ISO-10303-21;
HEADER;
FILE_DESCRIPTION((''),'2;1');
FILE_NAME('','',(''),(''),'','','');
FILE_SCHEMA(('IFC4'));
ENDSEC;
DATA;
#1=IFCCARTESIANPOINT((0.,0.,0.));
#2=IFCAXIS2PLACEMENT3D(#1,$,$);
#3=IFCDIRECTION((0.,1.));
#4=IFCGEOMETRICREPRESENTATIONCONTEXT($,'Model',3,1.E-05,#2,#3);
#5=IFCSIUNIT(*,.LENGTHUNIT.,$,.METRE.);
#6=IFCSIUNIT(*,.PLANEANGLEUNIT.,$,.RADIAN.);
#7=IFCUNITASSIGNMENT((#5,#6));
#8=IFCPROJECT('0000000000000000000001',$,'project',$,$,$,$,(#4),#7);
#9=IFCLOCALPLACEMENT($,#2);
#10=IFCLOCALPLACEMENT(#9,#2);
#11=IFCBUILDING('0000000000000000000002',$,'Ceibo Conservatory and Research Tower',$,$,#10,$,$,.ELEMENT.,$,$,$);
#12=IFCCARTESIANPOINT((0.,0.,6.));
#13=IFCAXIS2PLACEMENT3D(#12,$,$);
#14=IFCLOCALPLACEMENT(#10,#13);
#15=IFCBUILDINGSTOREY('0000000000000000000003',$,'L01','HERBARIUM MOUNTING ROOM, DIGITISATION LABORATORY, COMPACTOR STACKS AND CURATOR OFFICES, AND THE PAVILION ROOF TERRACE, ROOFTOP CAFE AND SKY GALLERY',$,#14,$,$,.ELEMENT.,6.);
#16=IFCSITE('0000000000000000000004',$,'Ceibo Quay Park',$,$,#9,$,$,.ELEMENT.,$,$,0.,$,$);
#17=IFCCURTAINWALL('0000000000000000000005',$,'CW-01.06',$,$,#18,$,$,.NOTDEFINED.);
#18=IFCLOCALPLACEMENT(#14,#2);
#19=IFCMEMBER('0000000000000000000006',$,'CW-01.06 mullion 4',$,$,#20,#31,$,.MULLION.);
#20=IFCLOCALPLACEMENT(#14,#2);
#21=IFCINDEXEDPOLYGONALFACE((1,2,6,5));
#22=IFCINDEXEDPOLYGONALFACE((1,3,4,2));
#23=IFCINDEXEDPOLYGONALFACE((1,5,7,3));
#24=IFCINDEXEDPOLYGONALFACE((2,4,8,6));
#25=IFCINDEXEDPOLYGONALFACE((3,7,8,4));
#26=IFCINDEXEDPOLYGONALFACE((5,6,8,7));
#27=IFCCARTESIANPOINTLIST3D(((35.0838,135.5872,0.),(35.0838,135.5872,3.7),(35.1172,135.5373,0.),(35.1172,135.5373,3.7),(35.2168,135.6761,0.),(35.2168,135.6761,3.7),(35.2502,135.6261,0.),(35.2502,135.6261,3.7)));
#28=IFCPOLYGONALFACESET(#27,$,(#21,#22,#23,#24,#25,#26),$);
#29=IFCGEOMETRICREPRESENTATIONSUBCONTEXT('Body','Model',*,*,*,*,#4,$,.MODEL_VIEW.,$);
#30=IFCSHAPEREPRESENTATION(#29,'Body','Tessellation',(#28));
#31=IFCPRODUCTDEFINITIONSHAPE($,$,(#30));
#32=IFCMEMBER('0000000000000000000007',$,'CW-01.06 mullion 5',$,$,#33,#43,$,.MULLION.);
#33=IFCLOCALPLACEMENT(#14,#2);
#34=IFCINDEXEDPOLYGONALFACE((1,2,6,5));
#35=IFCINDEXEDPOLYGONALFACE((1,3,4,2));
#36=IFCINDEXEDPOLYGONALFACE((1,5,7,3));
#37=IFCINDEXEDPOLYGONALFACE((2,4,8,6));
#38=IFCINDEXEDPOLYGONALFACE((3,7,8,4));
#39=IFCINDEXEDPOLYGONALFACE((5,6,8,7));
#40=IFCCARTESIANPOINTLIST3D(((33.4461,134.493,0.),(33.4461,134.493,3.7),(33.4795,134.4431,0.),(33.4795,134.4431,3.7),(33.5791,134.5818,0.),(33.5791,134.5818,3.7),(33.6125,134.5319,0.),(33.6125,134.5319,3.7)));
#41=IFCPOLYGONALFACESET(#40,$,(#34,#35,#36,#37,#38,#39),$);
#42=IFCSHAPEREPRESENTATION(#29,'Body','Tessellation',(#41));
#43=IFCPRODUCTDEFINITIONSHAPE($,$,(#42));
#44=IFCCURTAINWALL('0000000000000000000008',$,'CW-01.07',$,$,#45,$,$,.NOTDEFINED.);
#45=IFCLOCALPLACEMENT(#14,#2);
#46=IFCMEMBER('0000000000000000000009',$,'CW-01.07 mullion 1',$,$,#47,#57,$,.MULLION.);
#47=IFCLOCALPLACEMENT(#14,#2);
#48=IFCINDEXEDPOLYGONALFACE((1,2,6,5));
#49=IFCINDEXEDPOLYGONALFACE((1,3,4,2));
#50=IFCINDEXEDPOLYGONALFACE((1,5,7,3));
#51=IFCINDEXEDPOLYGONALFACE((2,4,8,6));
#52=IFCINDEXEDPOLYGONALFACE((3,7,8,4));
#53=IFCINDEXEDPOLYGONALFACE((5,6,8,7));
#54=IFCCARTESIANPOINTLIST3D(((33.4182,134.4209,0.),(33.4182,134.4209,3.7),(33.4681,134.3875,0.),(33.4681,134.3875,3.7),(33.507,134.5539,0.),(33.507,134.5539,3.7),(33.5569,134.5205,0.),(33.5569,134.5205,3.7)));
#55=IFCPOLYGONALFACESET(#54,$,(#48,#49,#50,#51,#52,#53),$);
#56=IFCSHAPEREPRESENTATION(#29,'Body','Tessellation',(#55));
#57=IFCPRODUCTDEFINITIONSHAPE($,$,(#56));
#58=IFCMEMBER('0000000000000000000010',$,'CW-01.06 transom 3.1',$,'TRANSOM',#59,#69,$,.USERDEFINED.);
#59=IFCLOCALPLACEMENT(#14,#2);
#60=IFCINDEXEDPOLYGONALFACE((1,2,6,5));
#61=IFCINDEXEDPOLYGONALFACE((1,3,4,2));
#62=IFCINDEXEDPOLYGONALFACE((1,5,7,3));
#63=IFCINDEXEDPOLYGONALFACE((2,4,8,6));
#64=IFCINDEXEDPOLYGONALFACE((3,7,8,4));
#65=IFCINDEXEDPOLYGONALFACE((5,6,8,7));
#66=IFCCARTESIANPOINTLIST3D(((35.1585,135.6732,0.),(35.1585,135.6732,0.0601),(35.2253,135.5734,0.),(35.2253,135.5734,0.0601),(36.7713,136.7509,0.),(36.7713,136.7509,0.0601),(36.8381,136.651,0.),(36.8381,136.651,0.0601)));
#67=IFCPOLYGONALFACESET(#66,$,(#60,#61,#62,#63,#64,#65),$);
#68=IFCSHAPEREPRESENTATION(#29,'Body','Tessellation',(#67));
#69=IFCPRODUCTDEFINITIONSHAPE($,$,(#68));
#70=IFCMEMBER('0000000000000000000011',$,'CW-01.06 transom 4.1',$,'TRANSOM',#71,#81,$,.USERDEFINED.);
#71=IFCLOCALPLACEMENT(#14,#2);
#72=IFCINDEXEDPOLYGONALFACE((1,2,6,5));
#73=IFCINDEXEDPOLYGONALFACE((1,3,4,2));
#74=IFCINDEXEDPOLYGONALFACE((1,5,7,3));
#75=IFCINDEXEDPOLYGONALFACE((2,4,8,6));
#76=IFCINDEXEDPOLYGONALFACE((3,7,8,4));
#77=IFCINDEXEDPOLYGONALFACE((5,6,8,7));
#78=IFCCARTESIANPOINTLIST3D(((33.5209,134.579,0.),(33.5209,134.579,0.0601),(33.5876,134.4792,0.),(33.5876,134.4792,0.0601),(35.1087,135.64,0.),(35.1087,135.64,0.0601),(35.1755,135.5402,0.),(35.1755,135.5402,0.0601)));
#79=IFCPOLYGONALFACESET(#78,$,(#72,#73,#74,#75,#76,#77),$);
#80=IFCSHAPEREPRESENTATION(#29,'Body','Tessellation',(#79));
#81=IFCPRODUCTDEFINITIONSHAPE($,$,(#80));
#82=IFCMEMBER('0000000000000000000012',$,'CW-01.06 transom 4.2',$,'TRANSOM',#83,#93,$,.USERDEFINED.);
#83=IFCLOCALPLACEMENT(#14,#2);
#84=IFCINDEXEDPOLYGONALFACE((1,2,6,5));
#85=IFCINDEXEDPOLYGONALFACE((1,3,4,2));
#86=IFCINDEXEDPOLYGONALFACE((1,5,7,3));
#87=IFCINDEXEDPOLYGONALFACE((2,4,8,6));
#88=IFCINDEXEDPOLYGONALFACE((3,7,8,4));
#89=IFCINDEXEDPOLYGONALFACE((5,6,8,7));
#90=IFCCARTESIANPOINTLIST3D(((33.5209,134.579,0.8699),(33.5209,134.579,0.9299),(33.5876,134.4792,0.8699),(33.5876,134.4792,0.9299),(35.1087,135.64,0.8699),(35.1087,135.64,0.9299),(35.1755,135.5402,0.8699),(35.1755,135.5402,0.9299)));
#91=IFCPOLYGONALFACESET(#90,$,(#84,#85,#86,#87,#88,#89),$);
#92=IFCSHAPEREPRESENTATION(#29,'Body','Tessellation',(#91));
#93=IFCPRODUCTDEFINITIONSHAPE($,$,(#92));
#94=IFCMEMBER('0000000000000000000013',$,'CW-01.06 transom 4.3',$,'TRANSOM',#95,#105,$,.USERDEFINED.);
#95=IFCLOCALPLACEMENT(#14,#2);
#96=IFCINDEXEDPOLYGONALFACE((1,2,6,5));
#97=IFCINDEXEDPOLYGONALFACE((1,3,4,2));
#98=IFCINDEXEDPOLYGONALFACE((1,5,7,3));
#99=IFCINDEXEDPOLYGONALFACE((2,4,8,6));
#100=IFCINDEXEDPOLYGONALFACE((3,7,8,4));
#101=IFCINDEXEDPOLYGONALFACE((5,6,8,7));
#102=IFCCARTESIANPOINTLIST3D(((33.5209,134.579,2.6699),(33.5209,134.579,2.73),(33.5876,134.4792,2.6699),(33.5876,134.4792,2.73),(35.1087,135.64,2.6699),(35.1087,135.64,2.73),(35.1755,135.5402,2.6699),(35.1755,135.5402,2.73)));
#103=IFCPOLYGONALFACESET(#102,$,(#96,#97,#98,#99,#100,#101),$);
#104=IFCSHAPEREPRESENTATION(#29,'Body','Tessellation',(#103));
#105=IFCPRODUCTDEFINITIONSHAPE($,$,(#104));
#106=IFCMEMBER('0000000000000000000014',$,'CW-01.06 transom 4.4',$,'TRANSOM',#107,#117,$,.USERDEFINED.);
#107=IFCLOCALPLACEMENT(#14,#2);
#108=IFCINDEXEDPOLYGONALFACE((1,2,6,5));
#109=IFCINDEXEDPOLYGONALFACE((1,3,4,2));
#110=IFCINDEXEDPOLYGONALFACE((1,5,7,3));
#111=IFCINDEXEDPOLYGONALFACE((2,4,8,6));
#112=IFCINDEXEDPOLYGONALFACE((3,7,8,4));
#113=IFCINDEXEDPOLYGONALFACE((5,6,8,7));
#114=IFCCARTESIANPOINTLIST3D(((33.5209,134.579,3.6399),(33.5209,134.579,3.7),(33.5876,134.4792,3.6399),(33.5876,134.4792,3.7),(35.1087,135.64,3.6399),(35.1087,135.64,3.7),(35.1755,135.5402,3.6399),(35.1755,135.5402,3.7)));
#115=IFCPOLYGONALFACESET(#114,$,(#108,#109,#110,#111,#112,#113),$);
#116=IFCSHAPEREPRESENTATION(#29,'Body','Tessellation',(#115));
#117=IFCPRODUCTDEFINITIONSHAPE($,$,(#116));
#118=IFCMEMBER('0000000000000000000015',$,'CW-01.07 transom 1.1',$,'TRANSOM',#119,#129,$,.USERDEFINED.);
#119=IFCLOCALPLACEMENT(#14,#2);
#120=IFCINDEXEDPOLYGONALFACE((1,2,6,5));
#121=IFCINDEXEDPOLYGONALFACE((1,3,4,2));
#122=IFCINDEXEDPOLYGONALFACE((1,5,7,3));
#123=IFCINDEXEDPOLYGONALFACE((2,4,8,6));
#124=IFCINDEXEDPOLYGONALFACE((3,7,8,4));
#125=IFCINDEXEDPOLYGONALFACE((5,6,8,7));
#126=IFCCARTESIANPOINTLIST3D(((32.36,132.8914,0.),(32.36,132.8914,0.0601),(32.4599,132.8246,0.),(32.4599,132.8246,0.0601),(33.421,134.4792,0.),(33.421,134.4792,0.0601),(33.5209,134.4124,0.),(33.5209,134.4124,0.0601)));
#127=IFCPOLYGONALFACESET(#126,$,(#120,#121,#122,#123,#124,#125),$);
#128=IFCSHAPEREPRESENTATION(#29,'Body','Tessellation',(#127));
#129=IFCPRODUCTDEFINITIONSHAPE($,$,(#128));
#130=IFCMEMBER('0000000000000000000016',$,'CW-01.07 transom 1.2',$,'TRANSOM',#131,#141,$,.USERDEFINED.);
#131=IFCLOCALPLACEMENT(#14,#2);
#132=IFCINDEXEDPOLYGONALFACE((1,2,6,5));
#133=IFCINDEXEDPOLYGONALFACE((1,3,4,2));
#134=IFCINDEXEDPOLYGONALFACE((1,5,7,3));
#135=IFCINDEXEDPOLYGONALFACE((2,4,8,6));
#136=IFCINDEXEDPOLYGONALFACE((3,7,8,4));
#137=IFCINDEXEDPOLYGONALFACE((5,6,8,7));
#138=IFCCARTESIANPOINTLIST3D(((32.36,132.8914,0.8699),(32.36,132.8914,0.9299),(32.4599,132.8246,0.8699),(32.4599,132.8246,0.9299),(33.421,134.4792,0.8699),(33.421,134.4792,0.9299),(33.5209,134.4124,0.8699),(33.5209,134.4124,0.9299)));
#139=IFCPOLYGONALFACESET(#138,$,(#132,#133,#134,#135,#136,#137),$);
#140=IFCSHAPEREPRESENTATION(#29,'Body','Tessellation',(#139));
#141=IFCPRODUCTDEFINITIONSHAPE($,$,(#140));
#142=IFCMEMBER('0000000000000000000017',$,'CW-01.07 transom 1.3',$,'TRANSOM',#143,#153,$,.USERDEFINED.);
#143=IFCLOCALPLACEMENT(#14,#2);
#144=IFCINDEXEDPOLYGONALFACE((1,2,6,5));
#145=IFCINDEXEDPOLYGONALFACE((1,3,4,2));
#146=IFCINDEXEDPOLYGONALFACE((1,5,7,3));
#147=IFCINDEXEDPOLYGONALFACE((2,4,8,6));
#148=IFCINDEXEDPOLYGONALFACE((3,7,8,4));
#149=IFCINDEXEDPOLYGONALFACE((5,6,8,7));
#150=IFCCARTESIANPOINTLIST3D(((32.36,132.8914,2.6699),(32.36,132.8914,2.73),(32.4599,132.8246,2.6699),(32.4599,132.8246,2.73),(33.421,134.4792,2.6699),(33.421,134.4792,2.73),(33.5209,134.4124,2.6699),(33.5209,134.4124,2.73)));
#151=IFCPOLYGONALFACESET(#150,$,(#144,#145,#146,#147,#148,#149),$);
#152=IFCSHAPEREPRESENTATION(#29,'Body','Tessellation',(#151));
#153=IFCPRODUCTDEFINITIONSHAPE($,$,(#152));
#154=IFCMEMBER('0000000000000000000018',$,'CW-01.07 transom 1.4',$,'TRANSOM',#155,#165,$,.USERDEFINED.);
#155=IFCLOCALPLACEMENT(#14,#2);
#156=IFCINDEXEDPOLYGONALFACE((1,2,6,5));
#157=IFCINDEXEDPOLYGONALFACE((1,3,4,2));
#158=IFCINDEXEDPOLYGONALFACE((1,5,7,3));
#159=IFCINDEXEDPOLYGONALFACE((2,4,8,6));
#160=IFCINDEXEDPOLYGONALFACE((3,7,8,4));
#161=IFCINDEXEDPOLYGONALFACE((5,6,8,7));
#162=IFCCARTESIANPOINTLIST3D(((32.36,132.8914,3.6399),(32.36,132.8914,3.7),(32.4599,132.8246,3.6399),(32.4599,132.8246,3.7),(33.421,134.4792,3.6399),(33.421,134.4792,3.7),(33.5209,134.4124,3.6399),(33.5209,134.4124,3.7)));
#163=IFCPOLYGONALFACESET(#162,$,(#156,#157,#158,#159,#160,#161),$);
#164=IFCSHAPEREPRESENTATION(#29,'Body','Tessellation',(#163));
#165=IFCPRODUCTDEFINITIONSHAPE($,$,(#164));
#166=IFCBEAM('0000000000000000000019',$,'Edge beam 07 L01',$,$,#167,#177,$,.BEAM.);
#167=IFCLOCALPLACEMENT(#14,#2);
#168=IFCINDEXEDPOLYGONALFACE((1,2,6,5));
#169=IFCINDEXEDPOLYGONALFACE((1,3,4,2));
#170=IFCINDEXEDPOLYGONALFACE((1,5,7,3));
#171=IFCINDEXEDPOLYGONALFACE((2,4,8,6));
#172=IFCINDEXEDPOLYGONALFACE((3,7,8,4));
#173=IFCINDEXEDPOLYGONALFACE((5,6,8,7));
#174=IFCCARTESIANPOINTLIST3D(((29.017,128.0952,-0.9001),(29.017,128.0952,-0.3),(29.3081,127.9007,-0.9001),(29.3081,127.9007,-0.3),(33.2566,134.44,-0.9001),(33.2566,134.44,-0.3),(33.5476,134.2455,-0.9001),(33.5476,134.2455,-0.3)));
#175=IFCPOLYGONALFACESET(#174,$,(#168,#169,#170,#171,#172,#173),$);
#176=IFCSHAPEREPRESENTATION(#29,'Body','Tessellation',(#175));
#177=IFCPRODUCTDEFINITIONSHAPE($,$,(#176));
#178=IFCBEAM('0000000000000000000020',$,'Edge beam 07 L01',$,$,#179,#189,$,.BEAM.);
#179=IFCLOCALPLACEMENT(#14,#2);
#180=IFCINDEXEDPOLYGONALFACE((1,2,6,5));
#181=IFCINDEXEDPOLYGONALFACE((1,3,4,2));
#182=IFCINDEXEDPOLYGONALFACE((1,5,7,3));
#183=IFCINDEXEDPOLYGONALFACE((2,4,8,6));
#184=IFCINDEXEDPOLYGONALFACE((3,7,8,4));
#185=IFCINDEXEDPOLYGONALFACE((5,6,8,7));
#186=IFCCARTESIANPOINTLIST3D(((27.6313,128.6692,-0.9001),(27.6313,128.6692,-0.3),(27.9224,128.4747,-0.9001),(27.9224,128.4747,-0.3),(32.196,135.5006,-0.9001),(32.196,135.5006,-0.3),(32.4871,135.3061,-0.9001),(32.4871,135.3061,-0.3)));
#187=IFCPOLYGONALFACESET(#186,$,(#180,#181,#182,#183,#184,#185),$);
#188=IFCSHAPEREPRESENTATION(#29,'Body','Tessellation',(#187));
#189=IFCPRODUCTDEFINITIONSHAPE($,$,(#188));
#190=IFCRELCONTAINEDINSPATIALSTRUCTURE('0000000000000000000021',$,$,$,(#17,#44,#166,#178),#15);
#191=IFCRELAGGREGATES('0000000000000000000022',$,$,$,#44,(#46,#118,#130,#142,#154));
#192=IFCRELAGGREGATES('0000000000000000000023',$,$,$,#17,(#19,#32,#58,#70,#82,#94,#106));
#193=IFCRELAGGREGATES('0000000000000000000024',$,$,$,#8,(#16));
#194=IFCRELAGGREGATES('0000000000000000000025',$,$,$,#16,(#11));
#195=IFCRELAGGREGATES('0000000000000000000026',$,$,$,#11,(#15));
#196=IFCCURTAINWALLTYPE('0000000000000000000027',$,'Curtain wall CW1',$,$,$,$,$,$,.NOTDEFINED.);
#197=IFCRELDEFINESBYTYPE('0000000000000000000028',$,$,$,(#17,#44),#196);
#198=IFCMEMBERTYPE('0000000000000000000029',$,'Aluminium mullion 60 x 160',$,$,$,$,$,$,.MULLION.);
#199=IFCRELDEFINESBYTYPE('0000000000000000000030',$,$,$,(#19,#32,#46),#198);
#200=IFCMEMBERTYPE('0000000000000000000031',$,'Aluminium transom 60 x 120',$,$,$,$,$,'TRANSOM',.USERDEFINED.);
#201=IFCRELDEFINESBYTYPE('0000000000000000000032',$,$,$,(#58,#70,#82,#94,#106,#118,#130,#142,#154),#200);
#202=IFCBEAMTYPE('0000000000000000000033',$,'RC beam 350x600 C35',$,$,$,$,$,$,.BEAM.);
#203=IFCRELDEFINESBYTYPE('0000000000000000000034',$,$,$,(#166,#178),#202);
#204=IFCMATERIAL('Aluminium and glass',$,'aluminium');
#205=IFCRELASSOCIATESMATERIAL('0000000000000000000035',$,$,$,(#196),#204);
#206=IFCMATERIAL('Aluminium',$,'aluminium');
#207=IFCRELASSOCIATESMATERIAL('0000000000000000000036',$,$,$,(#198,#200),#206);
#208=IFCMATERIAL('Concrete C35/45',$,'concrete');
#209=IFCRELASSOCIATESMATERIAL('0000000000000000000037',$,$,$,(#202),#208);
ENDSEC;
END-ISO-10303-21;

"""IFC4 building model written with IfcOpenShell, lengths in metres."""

from ifc_helpers import new_model, si_unit, direction, frame, origin, origin_2d, place, context, subcontext, project, spatial, rectangle, extrude, material, material_profile, profile_set, type_object, element, aggregate, save


model = new_model("IFC4")

# Units and contexts
model_context = context("Model", 3, precision=1e-05, world=origin(), true_north=direction((0.0, 1.0)))
body_context = subcontext(model_context, "Body", "Model", "MODEL_VIEW")
ifc_project = project(units=[si_unit("LENGTHUNIT", "METRE"), si_unit("PLANEANGLEUNIT", "RADIAN")], contexts=[model_context])

# Site, building, storey
site_placement = place(None, origin())
site = spatial("IfcSite", under=ifc_project, at=site_placement, Name="Ceibo Quay Park", CompositionType="ELEMENT", RefElevation=0.0)
building_placement = place(site_placement, origin())
building = spatial("IfcBuilding", under=site, at=building_placement, Name="Ceibo Conservatory and Research Tower", CompositionType="ELEMENT")
storey_placement = place(building_placement, frame((0.0, 0.0, 6.0)))
storey = spatial("IfcBuildingStorey", under=building, at=storey_placement, Name="L01", Description="HERBARIUM MOUNTING ROOM, DIGITISATION LABORATORY, COMPACTOR STACKS AND CURATOR OFFICES, AND THE PAVILION ROOF TERRACE, ROOFTOP CAFE AND SKY GALLERY", CompositionType="ELEMENT", Elevation=6.0)

# Curtain wall, members
ifc_material_1 = material(Name="Aluminium and glass", Category="aluminium")
curtain_wall_type = type_object("IfcCurtainWallType", Name="Curtain wall CW1", PredefinedType="NOTDEFINED", material=ifc_material_1)
curtain_wall_1_placement = place(storey_placement, origin())
curtain_wall_1 = element("IfcCurtainWall", 1, at=curtain_wall_1_placement, inside=storey, type_object=curtain_wall_type, Name="CW-01.06", PredefinedType="NOTDEFINED")
ifc_material_2 = material(Name="Aluminium", Category="aluminium")
ifc_material_profile_1 = material_profile(ifc_material_2, rectangle(XDim=0.0601, YDim=0.1599, at=origin_2d()), Name="Aluminium 60 x 160")
ifc_profile_set_1 = profile_set([ifc_material_profile_1], Name="Aluminium")
member_type_1 = type_object("IfcMemberType", Name="Aluminium mullion 60 x 160", PredefinedType="MULLION", material=ifc_profile_set_1)
member_1_placement = place(storey_placement, frame((35.167, 135.6067, 0.0), z_axis=(0.0, 0.0, 1.0), x_axis=(0.55557, -0.83147, 0.0)))
member_1 = element("IfcMember", 2, at=member_1_placement, type_object=member_type_1, Name="CW-01.06 mullion 4", PredefinedType="MULLION", context=body_context, shape_type="SweptSolid", body=[
    extrude(rectangle(XDim=0.0601, YDim=0.1599, at=origin_2d()), origin(), (0.0, 0.0, 1.0), 3.7),
])
member_2_placement = place(storey_placement, frame((33.5293, 134.5125, 0.0), z_axis=(0.0, 0.0, 1.0), x_axis=(0.55557, -0.83147, 0.0)))
member_2 = element("IfcMember", 3, at=member_2_placement, type_object=member_type_1, Name="CW-01.06 mullion 5", PredefinedType="MULLION", context=body_context, shape_type="SweptSolid", body=[
    extrude(rectangle(XDim=0.0601, YDim=0.1599, at=origin_2d()), origin(), (0.0, 0.0, 1.0), 3.7),
])

# Curtain wall, member
curtain_wall_2_placement = place(storey_placement, origin())
curtain_wall_2 = element("IfcCurtainWall", 4, at=curtain_wall_2_placement, inside=storey, type_object=curtain_wall_type, Name="CW-01.07", PredefinedType="NOTDEFINED")
member_3_placement = place(storey_placement, frame((33.4875, 134.4707, 0.0), z_axis=(0.0, 0.0, 1.0), x_axis=(0.83147, -0.55557, 0.0)))
member_3 = element("IfcMember", 5, at=member_3_placement, type_object=member_type_1, Name="CW-01.07 mullion 1", PredefinedType="MULLION", context=body_context, shape_type="SweptSolid", body=[
    extrude(rectangle(XDim=0.0601, YDim=0.1599, at=origin_2d()), origin(), (0.0, 0.0, 1.0), 3.7),
])

# Members
ifc_material_profile_2 = material_profile(ifc_material_2, rectangle(XDim=0.1201, YDim=0.0601, at=origin_2d()), Name="Aluminium 60 x 120")
ifc_profile_set_2 = profile_set([ifc_material_profile_2], Name="Aluminium")
member_type_2 = type_object("IfcMemberType", Name="Aluminium transom 60 x 120", ElementType="TRANSOM", PredefinedType="USERDEFINED", material=ifc_profile_set_2)
member_4_placement = place(storey_placement, frame((36.8047, 136.7009, 0.03), z_axis=(-0.831469, -0.555571, 0.0), x_axis=(0.555571, -0.831469, 0.0)))
member_4 = element("IfcMember", 6, at=member_4_placement, type_object=member_type_2, Name="CW-01.06 transom 3.1", ObjectType="TRANSOM", PredefinedType="USERDEFINED", context=body_context, shape_type="SweptSolid", body=[
    extrude(rectangle(XDim=0.1201, YDim=0.0601, at=origin_2d()), origin(), (0.0, 0.0, 1.0), 1.9397),
])
member_5_placement = place(storey_placement, frame((35.1421, 135.5901, 0.03), z_axis=(-0.83146, -0.555585, 0.0), x_axis=(0.555585, -0.83146, 0.0)))
member_5 = element("IfcMember", 7, at=member_5_placement, type_object=member_type_2, Name="CW-01.06 transom 4.1", ObjectType="TRANSOM", PredefinedType="USERDEFINED", context=body_context, shape_type="SweptSolid", body=[
    extrude(rectangle(XDim=0.1201, YDim=0.0601, at=origin_2d()), origin(), (0.0, 0.0, 1.0), 1.9097),
])
member_6_placement = place(storey_placement, frame((35.1421, 135.5901, 0.8999), z_axis=(-0.83146, -0.555585, 0.0), x_axis=(0.555585, -0.83146, 0.0)))
member_6 = element("IfcMember", 8, at=member_6_placement, type_object=member_type_2, Name="CW-01.06 transom 4.2", ObjectType="TRANSOM", PredefinedType="USERDEFINED", context=body_context, shape_type="SweptSolid", body=[
    extrude(rectangle(XDim=0.1201, YDim=0.0601, at=origin_2d()), origin(), (0.0, 0.0, 1.0), 1.9097),
])
member_7_placement = place(storey_placement, frame((35.1421, 135.5901, 2.7), z_axis=(-0.83146, -0.555585, 0.0), x_axis=(0.555585, -0.83146, 0.0)))
member_7 = element("IfcMember", 9, at=member_7_placement, type_object=member_type_2, Name="CW-01.06 transom 4.3", ObjectType="TRANSOM", PredefinedType="USERDEFINED", context=body_context, shape_type="SweptSolid", body=[
    extrude(rectangle(XDim=0.1201, YDim=0.0601, at=origin_2d()), origin(), (0.0, 0.0, 1.0), 1.9097),
])
member_8_placement = place(storey_placement, frame((35.1421, 135.5901, 3.6699), z_axis=(-0.83146, -0.555585, 0.0), x_axis=(0.555585, -0.83146, 0.0)))
member_8 = element("IfcMember", 10, at=member_8_placement, type_object=member_type_2, Name="CW-01.06 transom 4.4", ObjectType="TRANSOM", PredefinedType="USERDEFINED", context=body_context, shape_type="SweptSolid", body=[
    extrude(rectangle(XDim=0.1201, YDim=0.0601, at=origin_2d()), origin(), (0.0, 0.0, 1.0), 1.9097),
])
member_9_placement = place(storey_placement, frame((33.4709, 134.4458, 0.03), z_axis=(-0.555585, -0.83146, 0.0), x_axis=(0.83146, -0.555585, 0.0)))
member_9 = element("IfcMember", 11, at=member_9_placement, type_object=member_type_2, Name="CW-01.07 transom 1.1", ObjectType="TRANSOM", PredefinedType="USERDEFINED", context=body_context, shape_type="SweptSolid", body=[
    extrude(rectangle(XDim=0.1201, YDim=0.0601, at=origin_2d()), origin(), (0.0, 0.0, 1.0), 1.9097),
])
member_10_placement = place(storey_placement, frame((33.4709, 134.4458, 0.8999), z_axis=(-0.555585, -0.83146, 0.0), x_axis=(0.83146, -0.555585, 0.0)))
member_10 = element("IfcMember", 12, at=member_10_placement, type_object=member_type_2, Name="CW-01.07 transom 1.2", ObjectType="TRANSOM", PredefinedType="USERDEFINED", context=body_context, shape_type="SweptSolid", body=[
    extrude(rectangle(XDim=0.1201, YDim=0.0601, at=origin_2d()), origin(), (0.0, 0.0, 1.0), 1.9097),
])
member_11_placement = place(storey_placement, frame((33.4709, 134.4458, 2.7), z_axis=(-0.555585, -0.83146, 0.0), x_axis=(0.83146, -0.555585, 0.0)))
member_11 = element("IfcMember", 13, at=member_11_placement, type_object=member_type_2, Name="CW-01.07 transom 1.3", ObjectType="TRANSOM", PredefinedType="USERDEFINED", context=body_context, shape_type="SweptSolid", body=[
    extrude(rectangle(XDim=0.1201, YDim=0.0601, at=origin_2d()), origin(), (0.0, 0.0, 1.0), 1.9097),
])
member_12_placement = place(storey_placement, frame((33.4709, 134.4458, 3.6699), z_axis=(-0.555585, -0.83146, 0.0), x_axis=(0.83146, -0.555585, 0.0)))
member_12 = element("IfcMember", 14, at=member_12_placement, type_object=member_type_2, Name="CW-01.07 transom 1.4", ObjectType="TRANSOM", PredefinedType="USERDEFINED", context=body_context, shape_type="SweptSolid", body=[
    extrude(rectangle(XDim=0.1201, YDim=0.0601, at=origin_2d()), origin(), (0.0, 0.0, 1.0), 1.9097),
])
aggregate(curtain_wall_2, [member_3, member_9, member_10, member_11, member_12])

# Beams
ifc_material_3 = material(Name="Concrete C35/45", Category="concrete")
ifc_material_profile_3 = material_profile(ifc_material_3, rectangle(XDim=0.3501, YDim=0.6001, at=origin_2d()), Name="RC 350x600")
ifc_profile_set_3 = profile_set([ifc_material_profile_3], Name="Concrete C35/45")
beam_type = type_object("IfcBeamType", Name="RC beam 350x600 C35", PredefinedType="BEAM", material=ifc_profile_set_3)
beam_1_placement = place(storey_placement, frame((33.4021, 134.3428, -0.6001), z_axis=(-0.555578, -0.831464, 0.0), x_axis=(0.831464, -0.555578, 0.0)))
element("IfcBeam", 15, at=beam_1_placement, inside=storey, type_object=beam_type, Name="Edge beam 07 L01", PredefinedType="BEAM", context=body_context, shape_type="SweptSolid", body=[
    extrude(rectangle(XDim=0.3501, YDim=0.6001, at=origin_2d()), origin(), (0.0, 0.0, 1.0), 7.6309),
])
beam_2_placement = place(storey_placement, frame((32.3416, 135.4033, -0.6001), z_axis=(-0.555584, -0.83146, 0.0), x_axis=(0.83146, -0.555584, 0.0)))
element("IfcBeam", 16, at=beam_2_placement, inside=storey, type_object=beam_type, Name="Edge beam 07 L01", PredefinedType="BEAM", context=body_context, shape_type="SweptSolid", body=[
    extrude(rectangle(XDim=0.3501, YDim=0.6001, at=origin_2d()), origin(), (0.0, 0.0, 1.0), 8.2161),
])

aggregate(curtain_wall_1, [member_1, member_2, member_4, member_5, member_6, member_7, member_8])

save(model, "model.ifc")
